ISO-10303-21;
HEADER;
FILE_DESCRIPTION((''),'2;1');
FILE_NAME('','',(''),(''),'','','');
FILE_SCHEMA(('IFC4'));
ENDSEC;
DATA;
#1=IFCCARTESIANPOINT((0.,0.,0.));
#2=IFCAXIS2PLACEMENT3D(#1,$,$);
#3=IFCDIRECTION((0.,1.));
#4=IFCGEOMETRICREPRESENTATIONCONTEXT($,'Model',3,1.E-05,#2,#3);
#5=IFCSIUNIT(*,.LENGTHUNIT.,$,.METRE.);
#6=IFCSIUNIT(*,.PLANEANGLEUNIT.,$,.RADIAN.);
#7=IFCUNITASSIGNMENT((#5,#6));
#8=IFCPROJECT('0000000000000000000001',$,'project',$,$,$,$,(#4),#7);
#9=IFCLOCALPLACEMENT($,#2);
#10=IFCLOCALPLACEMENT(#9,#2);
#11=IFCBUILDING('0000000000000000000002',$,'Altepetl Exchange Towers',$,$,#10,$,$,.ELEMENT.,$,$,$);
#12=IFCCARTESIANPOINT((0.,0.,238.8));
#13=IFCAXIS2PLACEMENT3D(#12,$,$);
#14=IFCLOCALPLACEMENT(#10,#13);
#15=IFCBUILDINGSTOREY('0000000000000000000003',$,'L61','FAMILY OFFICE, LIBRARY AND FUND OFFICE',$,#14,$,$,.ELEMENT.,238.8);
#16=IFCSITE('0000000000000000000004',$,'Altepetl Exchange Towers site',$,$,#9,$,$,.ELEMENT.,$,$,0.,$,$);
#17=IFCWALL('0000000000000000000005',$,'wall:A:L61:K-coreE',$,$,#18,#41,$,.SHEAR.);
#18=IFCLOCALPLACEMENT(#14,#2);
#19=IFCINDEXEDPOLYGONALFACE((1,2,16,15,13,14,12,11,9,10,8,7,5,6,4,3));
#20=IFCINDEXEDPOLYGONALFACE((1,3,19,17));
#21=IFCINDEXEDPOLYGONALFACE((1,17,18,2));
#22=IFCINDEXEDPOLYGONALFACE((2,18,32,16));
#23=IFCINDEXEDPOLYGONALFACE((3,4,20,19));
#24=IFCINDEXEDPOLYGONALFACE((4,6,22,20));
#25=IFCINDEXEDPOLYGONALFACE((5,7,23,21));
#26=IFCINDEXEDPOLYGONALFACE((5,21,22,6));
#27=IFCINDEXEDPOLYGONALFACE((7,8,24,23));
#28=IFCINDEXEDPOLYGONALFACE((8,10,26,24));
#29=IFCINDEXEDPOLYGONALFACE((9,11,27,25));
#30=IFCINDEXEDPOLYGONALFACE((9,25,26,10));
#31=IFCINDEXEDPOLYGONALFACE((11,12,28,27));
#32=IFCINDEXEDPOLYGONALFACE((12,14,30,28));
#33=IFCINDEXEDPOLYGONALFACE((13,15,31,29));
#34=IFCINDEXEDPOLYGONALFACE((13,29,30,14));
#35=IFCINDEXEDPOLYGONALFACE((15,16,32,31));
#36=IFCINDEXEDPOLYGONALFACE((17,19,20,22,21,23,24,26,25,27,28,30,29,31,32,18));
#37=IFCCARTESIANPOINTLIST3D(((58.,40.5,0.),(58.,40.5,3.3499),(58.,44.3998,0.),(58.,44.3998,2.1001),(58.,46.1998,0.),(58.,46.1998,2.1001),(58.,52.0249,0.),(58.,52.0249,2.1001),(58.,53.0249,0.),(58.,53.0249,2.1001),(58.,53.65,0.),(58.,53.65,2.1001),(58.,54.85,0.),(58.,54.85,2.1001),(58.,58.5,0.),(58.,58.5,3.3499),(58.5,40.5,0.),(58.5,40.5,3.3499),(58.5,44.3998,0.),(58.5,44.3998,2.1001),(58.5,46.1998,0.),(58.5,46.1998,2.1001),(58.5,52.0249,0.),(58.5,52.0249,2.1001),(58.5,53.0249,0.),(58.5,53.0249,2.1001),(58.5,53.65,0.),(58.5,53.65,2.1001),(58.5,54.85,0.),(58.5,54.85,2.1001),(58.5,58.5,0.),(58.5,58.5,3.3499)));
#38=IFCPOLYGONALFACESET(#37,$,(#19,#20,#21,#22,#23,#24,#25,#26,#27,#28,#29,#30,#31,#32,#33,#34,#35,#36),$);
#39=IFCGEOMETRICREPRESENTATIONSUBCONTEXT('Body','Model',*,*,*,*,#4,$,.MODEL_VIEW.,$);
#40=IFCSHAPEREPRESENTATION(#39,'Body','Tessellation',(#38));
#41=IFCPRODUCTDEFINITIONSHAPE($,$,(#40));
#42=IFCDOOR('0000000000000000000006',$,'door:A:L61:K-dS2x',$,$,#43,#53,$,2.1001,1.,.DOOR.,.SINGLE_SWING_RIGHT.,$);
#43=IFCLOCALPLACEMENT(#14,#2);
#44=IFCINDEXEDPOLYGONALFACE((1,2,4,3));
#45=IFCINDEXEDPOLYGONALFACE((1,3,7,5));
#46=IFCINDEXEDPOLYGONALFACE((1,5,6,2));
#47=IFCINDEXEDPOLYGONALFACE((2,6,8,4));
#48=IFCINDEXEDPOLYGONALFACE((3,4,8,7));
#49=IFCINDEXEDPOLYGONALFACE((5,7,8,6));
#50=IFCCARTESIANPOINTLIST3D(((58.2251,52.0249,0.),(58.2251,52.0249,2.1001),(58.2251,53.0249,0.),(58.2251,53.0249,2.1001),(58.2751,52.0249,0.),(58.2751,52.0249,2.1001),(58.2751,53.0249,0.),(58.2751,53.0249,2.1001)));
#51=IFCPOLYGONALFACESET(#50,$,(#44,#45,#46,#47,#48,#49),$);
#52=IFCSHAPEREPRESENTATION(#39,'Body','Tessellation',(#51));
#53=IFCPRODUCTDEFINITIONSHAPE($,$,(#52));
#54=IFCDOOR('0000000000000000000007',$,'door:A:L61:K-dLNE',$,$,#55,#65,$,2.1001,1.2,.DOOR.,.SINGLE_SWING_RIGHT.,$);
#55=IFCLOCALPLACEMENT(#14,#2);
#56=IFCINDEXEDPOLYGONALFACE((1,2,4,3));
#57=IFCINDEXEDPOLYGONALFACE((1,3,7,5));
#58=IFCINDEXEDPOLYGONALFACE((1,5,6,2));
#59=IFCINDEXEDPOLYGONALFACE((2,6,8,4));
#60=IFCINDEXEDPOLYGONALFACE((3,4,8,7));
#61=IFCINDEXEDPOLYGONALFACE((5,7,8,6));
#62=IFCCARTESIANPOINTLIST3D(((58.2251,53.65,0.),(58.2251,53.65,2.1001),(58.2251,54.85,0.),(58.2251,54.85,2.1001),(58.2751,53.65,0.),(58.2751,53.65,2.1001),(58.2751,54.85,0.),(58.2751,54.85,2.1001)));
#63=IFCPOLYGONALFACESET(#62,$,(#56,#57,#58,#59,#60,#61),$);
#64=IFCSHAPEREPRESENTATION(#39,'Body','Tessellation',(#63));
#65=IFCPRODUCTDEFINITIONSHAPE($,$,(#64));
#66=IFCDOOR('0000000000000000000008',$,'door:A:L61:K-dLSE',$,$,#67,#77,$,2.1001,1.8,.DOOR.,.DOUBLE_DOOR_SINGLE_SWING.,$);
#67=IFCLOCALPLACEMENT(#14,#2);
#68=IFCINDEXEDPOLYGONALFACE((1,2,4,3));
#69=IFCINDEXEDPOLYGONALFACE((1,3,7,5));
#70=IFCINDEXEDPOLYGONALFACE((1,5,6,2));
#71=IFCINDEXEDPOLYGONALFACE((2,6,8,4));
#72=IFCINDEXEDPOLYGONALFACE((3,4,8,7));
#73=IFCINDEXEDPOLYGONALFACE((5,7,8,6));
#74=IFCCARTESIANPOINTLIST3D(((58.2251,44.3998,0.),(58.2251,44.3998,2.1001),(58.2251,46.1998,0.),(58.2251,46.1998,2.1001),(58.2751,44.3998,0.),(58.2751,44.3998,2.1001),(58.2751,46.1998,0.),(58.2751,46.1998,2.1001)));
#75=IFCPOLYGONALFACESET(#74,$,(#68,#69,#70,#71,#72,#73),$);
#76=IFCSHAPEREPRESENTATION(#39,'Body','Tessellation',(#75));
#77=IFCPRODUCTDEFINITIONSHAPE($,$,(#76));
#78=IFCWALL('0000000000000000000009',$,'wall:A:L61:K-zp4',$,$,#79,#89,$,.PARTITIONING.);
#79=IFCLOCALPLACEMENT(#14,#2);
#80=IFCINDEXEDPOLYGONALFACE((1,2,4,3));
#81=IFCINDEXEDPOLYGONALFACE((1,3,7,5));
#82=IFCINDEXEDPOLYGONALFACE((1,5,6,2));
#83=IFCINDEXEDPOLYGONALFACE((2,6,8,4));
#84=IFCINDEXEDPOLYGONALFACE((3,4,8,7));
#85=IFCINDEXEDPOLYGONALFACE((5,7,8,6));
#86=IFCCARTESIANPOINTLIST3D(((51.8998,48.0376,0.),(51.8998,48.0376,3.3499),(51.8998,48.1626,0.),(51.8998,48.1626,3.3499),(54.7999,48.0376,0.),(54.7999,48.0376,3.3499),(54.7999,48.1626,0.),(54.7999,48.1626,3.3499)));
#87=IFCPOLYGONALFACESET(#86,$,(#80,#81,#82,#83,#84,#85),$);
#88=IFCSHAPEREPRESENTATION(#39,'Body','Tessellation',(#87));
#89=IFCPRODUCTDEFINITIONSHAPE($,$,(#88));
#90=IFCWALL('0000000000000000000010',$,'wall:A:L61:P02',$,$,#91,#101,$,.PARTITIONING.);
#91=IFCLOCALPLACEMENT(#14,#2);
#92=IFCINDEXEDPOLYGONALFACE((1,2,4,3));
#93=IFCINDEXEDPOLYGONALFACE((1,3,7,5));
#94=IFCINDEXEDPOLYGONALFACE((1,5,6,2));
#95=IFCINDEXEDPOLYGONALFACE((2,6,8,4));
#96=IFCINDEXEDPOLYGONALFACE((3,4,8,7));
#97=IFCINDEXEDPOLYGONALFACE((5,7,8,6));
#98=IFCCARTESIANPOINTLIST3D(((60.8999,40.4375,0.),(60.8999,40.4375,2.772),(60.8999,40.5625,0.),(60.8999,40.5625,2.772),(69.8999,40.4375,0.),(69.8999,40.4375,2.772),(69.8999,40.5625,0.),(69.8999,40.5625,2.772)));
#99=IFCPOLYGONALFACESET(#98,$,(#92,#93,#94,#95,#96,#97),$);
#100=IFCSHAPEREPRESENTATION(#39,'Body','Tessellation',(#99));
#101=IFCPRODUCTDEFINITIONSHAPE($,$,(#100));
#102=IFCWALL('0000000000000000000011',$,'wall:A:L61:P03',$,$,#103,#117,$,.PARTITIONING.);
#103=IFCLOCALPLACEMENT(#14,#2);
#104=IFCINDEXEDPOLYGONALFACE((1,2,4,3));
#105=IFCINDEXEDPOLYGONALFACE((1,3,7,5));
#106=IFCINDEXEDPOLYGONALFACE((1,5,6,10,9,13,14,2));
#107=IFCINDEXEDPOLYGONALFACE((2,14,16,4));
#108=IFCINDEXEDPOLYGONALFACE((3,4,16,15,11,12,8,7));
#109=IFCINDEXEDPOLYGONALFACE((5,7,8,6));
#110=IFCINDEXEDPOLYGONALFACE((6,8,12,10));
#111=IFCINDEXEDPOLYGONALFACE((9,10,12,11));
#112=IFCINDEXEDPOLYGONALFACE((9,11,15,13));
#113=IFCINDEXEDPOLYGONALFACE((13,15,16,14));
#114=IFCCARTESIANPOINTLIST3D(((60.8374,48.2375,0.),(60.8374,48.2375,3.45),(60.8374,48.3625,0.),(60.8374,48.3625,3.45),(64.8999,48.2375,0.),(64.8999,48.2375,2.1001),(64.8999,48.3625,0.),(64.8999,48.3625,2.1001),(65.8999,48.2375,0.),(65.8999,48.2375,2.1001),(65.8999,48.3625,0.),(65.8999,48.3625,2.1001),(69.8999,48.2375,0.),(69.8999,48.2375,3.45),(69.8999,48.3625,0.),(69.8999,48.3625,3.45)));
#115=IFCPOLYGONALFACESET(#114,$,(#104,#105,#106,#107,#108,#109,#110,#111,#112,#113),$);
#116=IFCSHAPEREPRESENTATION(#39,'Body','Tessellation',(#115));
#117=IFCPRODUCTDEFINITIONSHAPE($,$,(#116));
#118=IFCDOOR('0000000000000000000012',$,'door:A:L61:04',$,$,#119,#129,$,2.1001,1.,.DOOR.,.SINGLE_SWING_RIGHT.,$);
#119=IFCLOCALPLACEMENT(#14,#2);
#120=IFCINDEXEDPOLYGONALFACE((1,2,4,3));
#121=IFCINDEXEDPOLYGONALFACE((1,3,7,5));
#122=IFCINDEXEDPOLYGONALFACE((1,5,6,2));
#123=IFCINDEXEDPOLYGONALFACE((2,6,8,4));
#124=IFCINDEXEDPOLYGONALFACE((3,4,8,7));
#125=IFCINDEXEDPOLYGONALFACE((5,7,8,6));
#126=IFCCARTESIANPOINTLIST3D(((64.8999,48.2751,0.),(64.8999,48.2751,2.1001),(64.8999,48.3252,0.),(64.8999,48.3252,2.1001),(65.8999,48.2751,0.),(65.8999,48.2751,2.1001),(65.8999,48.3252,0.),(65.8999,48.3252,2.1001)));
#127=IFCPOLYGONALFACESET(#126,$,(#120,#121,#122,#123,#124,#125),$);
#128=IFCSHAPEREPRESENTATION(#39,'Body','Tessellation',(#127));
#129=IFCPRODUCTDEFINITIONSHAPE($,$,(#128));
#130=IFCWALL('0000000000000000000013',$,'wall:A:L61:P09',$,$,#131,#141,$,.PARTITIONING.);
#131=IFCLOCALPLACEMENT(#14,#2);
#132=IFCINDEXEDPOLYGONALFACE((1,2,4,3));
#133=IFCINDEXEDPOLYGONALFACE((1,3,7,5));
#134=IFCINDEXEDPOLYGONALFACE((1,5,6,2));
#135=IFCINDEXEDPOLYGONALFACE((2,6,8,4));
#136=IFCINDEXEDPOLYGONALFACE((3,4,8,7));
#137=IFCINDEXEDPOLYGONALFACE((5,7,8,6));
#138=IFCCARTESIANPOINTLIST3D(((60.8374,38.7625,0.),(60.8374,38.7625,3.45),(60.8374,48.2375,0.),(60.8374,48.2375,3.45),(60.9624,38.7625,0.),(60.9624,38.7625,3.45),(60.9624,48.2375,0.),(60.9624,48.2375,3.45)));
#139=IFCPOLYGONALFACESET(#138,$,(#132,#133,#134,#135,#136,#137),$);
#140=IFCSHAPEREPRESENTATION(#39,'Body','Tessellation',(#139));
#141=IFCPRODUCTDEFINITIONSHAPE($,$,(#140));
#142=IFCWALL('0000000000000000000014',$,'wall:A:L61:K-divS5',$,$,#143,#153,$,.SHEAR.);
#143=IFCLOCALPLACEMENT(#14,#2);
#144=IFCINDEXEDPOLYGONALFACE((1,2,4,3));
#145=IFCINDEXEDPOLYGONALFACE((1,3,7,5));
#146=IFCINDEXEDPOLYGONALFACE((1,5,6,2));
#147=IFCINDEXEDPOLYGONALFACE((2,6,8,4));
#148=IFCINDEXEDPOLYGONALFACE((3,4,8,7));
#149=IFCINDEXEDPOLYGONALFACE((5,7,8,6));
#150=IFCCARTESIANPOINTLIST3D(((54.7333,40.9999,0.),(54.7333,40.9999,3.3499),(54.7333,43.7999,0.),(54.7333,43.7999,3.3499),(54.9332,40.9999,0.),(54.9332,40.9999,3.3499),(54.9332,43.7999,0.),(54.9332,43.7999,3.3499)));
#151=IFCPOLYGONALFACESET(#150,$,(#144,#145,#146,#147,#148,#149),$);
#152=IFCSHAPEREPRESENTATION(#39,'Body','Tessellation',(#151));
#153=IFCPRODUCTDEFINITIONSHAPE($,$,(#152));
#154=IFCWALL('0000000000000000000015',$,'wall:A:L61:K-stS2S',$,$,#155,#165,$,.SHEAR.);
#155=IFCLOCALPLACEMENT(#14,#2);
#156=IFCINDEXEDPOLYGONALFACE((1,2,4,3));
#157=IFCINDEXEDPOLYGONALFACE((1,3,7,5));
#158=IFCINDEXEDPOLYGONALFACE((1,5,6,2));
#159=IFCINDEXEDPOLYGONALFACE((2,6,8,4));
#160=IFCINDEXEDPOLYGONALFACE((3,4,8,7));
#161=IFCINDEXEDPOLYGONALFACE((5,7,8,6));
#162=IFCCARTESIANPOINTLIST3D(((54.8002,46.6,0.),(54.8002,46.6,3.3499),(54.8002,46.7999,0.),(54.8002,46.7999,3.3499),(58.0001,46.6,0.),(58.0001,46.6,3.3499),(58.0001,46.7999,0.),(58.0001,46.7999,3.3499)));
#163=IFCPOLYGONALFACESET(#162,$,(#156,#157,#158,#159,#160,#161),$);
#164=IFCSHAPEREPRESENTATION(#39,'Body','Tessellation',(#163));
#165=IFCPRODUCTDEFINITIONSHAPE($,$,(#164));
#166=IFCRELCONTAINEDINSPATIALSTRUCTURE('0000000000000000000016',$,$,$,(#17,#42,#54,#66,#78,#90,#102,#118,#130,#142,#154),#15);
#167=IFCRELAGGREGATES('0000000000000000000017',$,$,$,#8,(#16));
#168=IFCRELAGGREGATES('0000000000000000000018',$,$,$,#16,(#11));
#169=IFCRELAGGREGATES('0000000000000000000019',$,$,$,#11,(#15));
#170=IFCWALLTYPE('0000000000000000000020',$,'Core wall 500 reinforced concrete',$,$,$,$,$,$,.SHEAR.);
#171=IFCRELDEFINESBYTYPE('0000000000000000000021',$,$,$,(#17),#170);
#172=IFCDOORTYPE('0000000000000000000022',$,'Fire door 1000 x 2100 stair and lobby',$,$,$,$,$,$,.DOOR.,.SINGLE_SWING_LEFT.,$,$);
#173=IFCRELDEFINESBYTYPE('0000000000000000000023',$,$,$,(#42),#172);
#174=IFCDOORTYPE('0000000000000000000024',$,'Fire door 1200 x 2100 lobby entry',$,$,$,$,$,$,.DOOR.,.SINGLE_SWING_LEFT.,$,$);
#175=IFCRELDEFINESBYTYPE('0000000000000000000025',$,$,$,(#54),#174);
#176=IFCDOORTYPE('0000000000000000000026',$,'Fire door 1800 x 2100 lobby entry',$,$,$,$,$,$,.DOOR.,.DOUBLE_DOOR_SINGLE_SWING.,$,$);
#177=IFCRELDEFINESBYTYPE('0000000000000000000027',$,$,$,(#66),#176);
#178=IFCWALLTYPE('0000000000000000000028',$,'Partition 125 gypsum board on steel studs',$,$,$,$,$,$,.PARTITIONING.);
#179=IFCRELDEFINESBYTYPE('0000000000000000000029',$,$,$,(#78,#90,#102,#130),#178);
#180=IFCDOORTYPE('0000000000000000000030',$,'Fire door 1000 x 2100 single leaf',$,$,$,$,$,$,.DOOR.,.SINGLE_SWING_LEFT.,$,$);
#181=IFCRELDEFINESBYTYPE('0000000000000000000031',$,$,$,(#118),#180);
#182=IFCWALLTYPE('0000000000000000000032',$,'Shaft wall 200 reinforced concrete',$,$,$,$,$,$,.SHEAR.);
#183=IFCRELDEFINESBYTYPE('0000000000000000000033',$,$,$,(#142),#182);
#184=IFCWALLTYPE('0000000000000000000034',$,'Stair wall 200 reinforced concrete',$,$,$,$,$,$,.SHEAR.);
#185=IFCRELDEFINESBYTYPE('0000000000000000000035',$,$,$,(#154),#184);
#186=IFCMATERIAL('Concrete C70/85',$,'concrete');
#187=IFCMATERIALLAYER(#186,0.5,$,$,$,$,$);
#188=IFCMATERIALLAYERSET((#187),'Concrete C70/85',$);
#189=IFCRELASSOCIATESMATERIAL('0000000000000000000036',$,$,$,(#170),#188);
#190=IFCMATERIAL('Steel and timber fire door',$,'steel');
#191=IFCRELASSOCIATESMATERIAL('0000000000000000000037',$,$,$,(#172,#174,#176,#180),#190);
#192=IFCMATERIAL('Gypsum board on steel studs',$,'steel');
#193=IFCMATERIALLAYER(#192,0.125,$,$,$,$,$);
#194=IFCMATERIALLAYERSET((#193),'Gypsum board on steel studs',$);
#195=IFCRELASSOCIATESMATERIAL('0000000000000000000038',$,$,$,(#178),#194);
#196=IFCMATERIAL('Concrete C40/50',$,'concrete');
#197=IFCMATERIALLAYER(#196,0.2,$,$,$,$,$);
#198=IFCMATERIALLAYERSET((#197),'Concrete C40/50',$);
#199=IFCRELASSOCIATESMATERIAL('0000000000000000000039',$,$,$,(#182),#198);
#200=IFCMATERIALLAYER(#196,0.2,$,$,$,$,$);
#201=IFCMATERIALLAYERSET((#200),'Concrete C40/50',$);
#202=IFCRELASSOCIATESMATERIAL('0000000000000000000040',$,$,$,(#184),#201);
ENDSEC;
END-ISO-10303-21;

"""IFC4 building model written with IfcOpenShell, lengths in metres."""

from ifc_helpers import new_model, si_unit, direction, frame, frame_2d, origin, place, context, subcontext, project, spatial, rectangle, extrude, material, layer, layer_set, type_object, element, fill, save


model = new_model("IFC4")

# Units and contexts
model_context = context("Model", 3, precision=1e-05, world=origin(), true_north=direction((0.0, 1.0)))
body_context = subcontext(model_context, "Body", "Model", "MODEL_VIEW")
ifc_project = project(units=[si_unit("LENGTHUNIT", "METRE"), si_unit("PLANEANGLEUNIT", "RADIAN")], contexts=[model_context])

# Site, building, storey
site_placement = place(None, origin())
site = spatial("IfcSite", under=ifc_project, at=site_placement, Name="Altepetl Exchange Towers site", CompositionType="ELEMENT", RefElevation=0.0)
building_placement = place(site_placement, origin())
building = spatial("IfcBuilding", under=site, at=building_placement, Name="Altepetl Exchange Towers", CompositionType="ELEMENT")
storey_placement = place(building_placement, frame((0.0, 0.0, 238.8)))
storey = spatial("IfcBuildingStorey", under=building, at=storey_placement, Name="L61", Description="FAMILY OFFICE, LIBRARY AND FUND OFFICE", CompositionType="ELEMENT", Elevation=238.8)

# Shared definitions
ifc_material_1 = material(Name="Concrete C70/85", Category="concrete")

# Wall, openings, doors
ifc_layer_1 = layer(ifc_material_1, 0.5)
ifc_layer_set_1 = layer_set([ifc_layer_1], Name="Concrete C70/85")
wall_type_1 = type_object("IfcWallType", Name="Core wall 500 reinforced concrete", PredefinedType="SHEAR", material=ifc_layer_set_1)
wall_1_placement = place(storey_placement, frame((58.25, 40.5, 0.0), z_axis=(0.0, 0.0, 1.0), x_axis=(0.0, 1.0, 0.0)))
wall_1 = element("IfcWall", 1, at=wall_1_placement, inside=storey, type_object=wall_type_1, Name="wall:A:L61:K-coreE", PredefinedType="SHEAR", context=body_context, shape_type="SweptSolid", body=[
    extrude(rectangle(XDim=18.0, YDim=0.5, at=frame_2d((9.0, 0.0))), origin(), (0.0, 0.0, 1.0), 3.3499),
])
opening_1_placement = place(wall_1_placement, frame((13.1499, 0.0, 0.0)))
opening_1 = element("IfcOpeningElement", 2, at=opening_1_placement, cuts=wall_1, PredefinedType="OPENING", context=body_context, shape_type="SweptSolid", body=[
    extrude(rectangle(XDim=1.2, YDim=2.1001, at=frame_2d((0.6001, 1.05))), frame((0.0, 0.26, 0.0), z_axis=(0.0, -1.0, 0.0), x_axis=(1.0, 0.0, 0.0)), (0.0, 0.0, 1.0), 0.52),
])
opening_2_placement = place(wall_1_placement, frame((3.8999, 0.0, 0.0)))
opening_2 = element("IfcOpeningElement", 3, at=opening_2_placement, cuts=wall_1, PredefinedType="OPENING", context=body_context, shape_type="SweptSolid", body=[
    extrude(rectangle(XDim=1.8, YDim=2.1001, at=frame_2d((0.8999, 1.05))), frame((0.0, 0.26, 0.0), z_axis=(0.0, -1.0, 0.0), x_axis=(1.0, 0.0, 0.0)), (0.0, 0.0, 1.0), 0.52),
])
opening_3_placement = place(wall_1_placement, frame((11.5249, 0.0, 0.0)))
opening_3 = element("IfcOpeningElement", 4, at=opening_3_placement, cuts=wall_1, PredefinedType="OPENING", context=body_context, shape_type="SweptSolid", body=[
    extrude(rectangle(XDim=1.0, YDim=2.1001, at=frame_2d((0.5, 1.05))), frame((0.0, 0.26, 0.0), z_axis=(0.0, -1.0, 0.0), x_axis=(1.0, 0.0, 0.0)), (0.0, 0.0, 1.0), 0.52),
])
ifc_material_2 = material(Name="Steel and timber fire door", Category="steel")
door_type_1 = type_object("IfcDoorType", Name="Fire door 1000 x 2100 stair and lobby", OperationType="SINGLE_SWING_LEFT", PredefinedType="DOOR", material=ifc_material_2)
door_1_placement = place(opening_3_placement, origin())
door_1 = element("IfcDoor", 5, at=door_1_placement, inside=storey, type_object=door_type_1, Name="door:A:L61:K-dS2x", OperationType="SINGLE_SWING_RIGHT", OverallHeight=2.1001, OverallWidth=1.0, PredefinedType="DOOR", context=body_context, shape_type="SweptSolid", body=[
    extrude(rectangle(XDim=1.0, YDim=2.1001, at=frame_2d((0.5, 1.05))), frame((0.0, 0.0249, 0.0), z_axis=(0.0, -1.0, 0.0), x_axis=(1.0, 0.0, 0.0)), (0.0, 0.0, 1.0), 0.05),
])
fill(opening_3, door_1)
door_type_2 = type_object("IfcDoorType", Name="Fire door 1200 x 2100 lobby entry", OperationType="SINGLE_SWING_LEFT", PredefinedType="DOOR", material=ifc_material_2)
door_2_placement = place(opening_1_placement, origin())
door_2 = element("IfcDoor", 6, at=door_2_placement, inside=storey, type_object=door_type_2, Name="door:A:L61:K-dLNE", OperationType="SINGLE_SWING_RIGHT", OverallHeight=2.1001, OverallWidth=1.2, PredefinedType="DOOR", context=body_context, shape_type="SweptSolid", body=[
    extrude(rectangle(XDim=1.2, YDim=2.1001, at=frame_2d((0.6001, 1.05))), frame((0.0, 0.0249, 0.0), z_axis=(0.0, -1.0, 0.0), x_axis=(1.0, 0.0, 0.0)), (0.0, 0.0, 1.0), 0.05),
])
fill(opening_1, door_2)
door_type_3 = type_object("IfcDoorType", Name="Fire door 1800 x 2100 lobby entry", OperationType="DOUBLE_DOOR_SINGLE_SWING", PredefinedType="DOOR", material=ifc_material_2)
door_3_placement = place(opening_2_placement, origin())
door_3 = element("IfcDoor", 7, at=door_3_placement, inside=storey, type_object=door_type_3, Name="door:A:L61:K-dLSE", OperationType="DOUBLE_DOOR_SINGLE_SWING", OverallHeight=2.1001, OverallWidth=1.8, PredefinedType="DOOR", context=body_context, shape_type="SweptSolid", body=[
    extrude(rectangle(XDim=1.8, YDim=2.1001, at=frame_2d((0.8999, 1.05))), frame((0.0, 0.0249, 0.0), z_axis=(0.0, -1.0, 0.0), x_axis=(1.0, 0.0, 0.0)), (0.0, 0.0, 1.0), 0.05),
])
fill(opening_2, door_3)

# Walls
ifc_material_3 = material(Name="Gypsum board on steel studs", Category="steel")
ifc_layer_2 = layer(ifc_material_3, 0.125)
ifc_layer_set_2 = layer_set([ifc_layer_2], Name="Gypsum board on steel studs")
wall_type_2 = type_object("IfcWallType", Name="Partition 125 gypsum board on steel studs", PredefinedType="PARTITIONING", material=ifc_layer_set_2)
wall_2_placement = place(storey_placement, frame((54.8, 48.1001, 0.0), z_axis=(0.0, 0.0, 1.0), x_axis=(-1.0, 0.0, 0.0)))
element("IfcWall", 8, at=wall_2_placement, inside=storey, type_object=wall_type_2, Name="wall:A:L61:K-zp4", PredefinedType="PARTITIONING", context=body_context, shape_type="SweptSolid", body=[
    extrude(rectangle(XDim=2.9001, YDim=0.125, at=frame_2d((1.4502, 0.0))), origin(), (0.0, 0.0, 1.0), 3.3499),
])
wall_3_placement = place(storey_placement, frame((60.8999, 40.5, 0.0)))
element("IfcWall", 9, at=wall_3_placement, inside=storey, type_object=wall_type_2, Name="wall:A:L61:P02", PredefinedType="PARTITIONING", context=body_context, shape_type="SweptSolid", body=[
    extrude(rectangle(XDim=9.0, YDim=0.125, at=frame_2d((4.5, 0.0))), origin(), (0.0, 0.0, 1.0), 2.772),
])

# Wall, opening, door
wall_4_placement = place(storey_placement, frame((60.8374, 48.3, 0.0)))
wall_4 = element("IfcWall", 10, at=wall_4_placement, inside=storey, type_object=wall_type_2, Name="wall:A:L61:P03", PredefinedType="PARTITIONING", context=body_context, shape_type="SweptSolid", body=[
    extrude(rectangle(XDim=9.0625, YDim=0.125, at=frame_2d((4.5312, 0.0))), origin(), (0.0, 0.0, 1.0), 3.45),
])
opening_4_placement = place(wall_4_placement, frame((4.0625, 0.0, 0.0)))
opening_4 = element("IfcOpeningElement", 11, at=opening_4_placement, cuts=wall_4, PredefinedType="OPENING", context=body_context, shape_type="SweptSolid", body=[
    extrude(rectangle(XDim=1.0, YDim=2.1001, at=frame_2d((0.5, 1.05))), frame((0.0, 0.0725, 0.0), z_axis=(0.0, -1.0, 0.0), x_axis=(1.0, 0.0, 0.0)), (0.0, 0.0, 1.0), 0.145),
])
door_type_4 = type_object("IfcDoorType", Name="Fire door 1000 x 2100 single leaf", OperationType="SINGLE_SWING_LEFT", PredefinedType="DOOR", material=ifc_material_2)
door_4_placement = place(opening_4_placement, frame((1.0, 0.0, 0.0), x_axis=(-1.0, 0.0, 0.0)))
door_4 = element("IfcDoor", 12, at=door_4_placement, inside=storey, type_object=door_type_4, Name="door:A:L61:04", OperationType="SINGLE_SWING_RIGHT", OverallHeight=2.1001, OverallWidth=1.0, PredefinedType="DOOR", context=body_context, shape_type="SweptSolid", body=[
    extrude(rectangle(XDim=1.0, YDim=2.1001, at=frame_2d((0.5, 1.05))), frame((0.0, 0.0249, 0.0), z_axis=(0.0, -1.0, 0.0), x_axis=(1.0, 0.0, 0.0)), (0.0, 0.0, 1.0), 0.05),
])
fill(opening_4, door_4)

# Walls
wall_5_placement = place(storey_placement, frame((60.8999, 38.7625, 0.0), z_axis=(0.0, 0.0, 1.0), x_axis=(0.0, 1.0, 0.0)))
element("IfcWall", 13, at=wall_5_placement, inside=storey, type_object=wall_type_2, Name="wall:A:L61:P09", PredefinedType="PARTITIONING", context=body_context, shape_type="SweptSolid", body=[
    extrude(rectangle(XDim=9.4751, YDim=0.125, at=frame_2d((4.7375, 0.0))), origin(), (0.0, 0.0, 1.0), 3.45),
])
ifc_material_4 = material(Name="Concrete C40/50", Category="concrete")
ifc_layer_3 = layer(ifc_material_4, 0.2)
ifc_layer_set_3 = layer_set([ifc_layer_3], Name="Concrete C40/50")
wall_type_3 = type_object("IfcWallType", Name="Shaft wall 200 reinforced concrete", PredefinedType="SHEAR", material=ifc_layer_set_3)
wall_6_placement = place(storey_placement, frame((54.8333, 41.0, 0.0), z_axis=(0.0, 0.0, 1.0), x_axis=(0.0, 1.0, 0.0)))
element("IfcWall", 14, at=wall_6_placement, inside=storey, type_object=wall_type_3, Name="wall:A:L61:K-divS5", PredefinedType="SHEAR", context=body_context, shape_type="SweptSolid", body=[
    extrude(rectangle(XDim=2.8, YDim=0.2, at=frame_2d((1.3999, 0.0))), origin(), (0.0, 0.0, 1.0), 3.3499),
])
ifc_layer_4 = layer(ifc_material_4, 0.2)
ifc_layer_set_4 = layer_set([ifc_layer_4], Name="Concrete C40/50")
wall_type_4 = type_object("IfcWallType", Name="Stair wall 200 reinforced concrete", PredefinedType="SHEAR", material=ifc_layer_set_4)
wall_7_placement = place(storey_placement, frame((54.8, 46.7, 0.0)))
element("IfcWall", 15, at=wall_7_placement, inside=storey, type_object=wall_type_4, Name="wall:A:L61:K-stS2S", PredefinedType="SHEAR", context=body_context, shape_type="SweptSolid", body=[
    extrude(rectangle(XDim=3.2, YDim=0.2, at=frame_2d((1.6001, 0.0))), origin(), (0.0, 0.0, 1.0), 3.3499),
])

save(model, "model.ifc")
